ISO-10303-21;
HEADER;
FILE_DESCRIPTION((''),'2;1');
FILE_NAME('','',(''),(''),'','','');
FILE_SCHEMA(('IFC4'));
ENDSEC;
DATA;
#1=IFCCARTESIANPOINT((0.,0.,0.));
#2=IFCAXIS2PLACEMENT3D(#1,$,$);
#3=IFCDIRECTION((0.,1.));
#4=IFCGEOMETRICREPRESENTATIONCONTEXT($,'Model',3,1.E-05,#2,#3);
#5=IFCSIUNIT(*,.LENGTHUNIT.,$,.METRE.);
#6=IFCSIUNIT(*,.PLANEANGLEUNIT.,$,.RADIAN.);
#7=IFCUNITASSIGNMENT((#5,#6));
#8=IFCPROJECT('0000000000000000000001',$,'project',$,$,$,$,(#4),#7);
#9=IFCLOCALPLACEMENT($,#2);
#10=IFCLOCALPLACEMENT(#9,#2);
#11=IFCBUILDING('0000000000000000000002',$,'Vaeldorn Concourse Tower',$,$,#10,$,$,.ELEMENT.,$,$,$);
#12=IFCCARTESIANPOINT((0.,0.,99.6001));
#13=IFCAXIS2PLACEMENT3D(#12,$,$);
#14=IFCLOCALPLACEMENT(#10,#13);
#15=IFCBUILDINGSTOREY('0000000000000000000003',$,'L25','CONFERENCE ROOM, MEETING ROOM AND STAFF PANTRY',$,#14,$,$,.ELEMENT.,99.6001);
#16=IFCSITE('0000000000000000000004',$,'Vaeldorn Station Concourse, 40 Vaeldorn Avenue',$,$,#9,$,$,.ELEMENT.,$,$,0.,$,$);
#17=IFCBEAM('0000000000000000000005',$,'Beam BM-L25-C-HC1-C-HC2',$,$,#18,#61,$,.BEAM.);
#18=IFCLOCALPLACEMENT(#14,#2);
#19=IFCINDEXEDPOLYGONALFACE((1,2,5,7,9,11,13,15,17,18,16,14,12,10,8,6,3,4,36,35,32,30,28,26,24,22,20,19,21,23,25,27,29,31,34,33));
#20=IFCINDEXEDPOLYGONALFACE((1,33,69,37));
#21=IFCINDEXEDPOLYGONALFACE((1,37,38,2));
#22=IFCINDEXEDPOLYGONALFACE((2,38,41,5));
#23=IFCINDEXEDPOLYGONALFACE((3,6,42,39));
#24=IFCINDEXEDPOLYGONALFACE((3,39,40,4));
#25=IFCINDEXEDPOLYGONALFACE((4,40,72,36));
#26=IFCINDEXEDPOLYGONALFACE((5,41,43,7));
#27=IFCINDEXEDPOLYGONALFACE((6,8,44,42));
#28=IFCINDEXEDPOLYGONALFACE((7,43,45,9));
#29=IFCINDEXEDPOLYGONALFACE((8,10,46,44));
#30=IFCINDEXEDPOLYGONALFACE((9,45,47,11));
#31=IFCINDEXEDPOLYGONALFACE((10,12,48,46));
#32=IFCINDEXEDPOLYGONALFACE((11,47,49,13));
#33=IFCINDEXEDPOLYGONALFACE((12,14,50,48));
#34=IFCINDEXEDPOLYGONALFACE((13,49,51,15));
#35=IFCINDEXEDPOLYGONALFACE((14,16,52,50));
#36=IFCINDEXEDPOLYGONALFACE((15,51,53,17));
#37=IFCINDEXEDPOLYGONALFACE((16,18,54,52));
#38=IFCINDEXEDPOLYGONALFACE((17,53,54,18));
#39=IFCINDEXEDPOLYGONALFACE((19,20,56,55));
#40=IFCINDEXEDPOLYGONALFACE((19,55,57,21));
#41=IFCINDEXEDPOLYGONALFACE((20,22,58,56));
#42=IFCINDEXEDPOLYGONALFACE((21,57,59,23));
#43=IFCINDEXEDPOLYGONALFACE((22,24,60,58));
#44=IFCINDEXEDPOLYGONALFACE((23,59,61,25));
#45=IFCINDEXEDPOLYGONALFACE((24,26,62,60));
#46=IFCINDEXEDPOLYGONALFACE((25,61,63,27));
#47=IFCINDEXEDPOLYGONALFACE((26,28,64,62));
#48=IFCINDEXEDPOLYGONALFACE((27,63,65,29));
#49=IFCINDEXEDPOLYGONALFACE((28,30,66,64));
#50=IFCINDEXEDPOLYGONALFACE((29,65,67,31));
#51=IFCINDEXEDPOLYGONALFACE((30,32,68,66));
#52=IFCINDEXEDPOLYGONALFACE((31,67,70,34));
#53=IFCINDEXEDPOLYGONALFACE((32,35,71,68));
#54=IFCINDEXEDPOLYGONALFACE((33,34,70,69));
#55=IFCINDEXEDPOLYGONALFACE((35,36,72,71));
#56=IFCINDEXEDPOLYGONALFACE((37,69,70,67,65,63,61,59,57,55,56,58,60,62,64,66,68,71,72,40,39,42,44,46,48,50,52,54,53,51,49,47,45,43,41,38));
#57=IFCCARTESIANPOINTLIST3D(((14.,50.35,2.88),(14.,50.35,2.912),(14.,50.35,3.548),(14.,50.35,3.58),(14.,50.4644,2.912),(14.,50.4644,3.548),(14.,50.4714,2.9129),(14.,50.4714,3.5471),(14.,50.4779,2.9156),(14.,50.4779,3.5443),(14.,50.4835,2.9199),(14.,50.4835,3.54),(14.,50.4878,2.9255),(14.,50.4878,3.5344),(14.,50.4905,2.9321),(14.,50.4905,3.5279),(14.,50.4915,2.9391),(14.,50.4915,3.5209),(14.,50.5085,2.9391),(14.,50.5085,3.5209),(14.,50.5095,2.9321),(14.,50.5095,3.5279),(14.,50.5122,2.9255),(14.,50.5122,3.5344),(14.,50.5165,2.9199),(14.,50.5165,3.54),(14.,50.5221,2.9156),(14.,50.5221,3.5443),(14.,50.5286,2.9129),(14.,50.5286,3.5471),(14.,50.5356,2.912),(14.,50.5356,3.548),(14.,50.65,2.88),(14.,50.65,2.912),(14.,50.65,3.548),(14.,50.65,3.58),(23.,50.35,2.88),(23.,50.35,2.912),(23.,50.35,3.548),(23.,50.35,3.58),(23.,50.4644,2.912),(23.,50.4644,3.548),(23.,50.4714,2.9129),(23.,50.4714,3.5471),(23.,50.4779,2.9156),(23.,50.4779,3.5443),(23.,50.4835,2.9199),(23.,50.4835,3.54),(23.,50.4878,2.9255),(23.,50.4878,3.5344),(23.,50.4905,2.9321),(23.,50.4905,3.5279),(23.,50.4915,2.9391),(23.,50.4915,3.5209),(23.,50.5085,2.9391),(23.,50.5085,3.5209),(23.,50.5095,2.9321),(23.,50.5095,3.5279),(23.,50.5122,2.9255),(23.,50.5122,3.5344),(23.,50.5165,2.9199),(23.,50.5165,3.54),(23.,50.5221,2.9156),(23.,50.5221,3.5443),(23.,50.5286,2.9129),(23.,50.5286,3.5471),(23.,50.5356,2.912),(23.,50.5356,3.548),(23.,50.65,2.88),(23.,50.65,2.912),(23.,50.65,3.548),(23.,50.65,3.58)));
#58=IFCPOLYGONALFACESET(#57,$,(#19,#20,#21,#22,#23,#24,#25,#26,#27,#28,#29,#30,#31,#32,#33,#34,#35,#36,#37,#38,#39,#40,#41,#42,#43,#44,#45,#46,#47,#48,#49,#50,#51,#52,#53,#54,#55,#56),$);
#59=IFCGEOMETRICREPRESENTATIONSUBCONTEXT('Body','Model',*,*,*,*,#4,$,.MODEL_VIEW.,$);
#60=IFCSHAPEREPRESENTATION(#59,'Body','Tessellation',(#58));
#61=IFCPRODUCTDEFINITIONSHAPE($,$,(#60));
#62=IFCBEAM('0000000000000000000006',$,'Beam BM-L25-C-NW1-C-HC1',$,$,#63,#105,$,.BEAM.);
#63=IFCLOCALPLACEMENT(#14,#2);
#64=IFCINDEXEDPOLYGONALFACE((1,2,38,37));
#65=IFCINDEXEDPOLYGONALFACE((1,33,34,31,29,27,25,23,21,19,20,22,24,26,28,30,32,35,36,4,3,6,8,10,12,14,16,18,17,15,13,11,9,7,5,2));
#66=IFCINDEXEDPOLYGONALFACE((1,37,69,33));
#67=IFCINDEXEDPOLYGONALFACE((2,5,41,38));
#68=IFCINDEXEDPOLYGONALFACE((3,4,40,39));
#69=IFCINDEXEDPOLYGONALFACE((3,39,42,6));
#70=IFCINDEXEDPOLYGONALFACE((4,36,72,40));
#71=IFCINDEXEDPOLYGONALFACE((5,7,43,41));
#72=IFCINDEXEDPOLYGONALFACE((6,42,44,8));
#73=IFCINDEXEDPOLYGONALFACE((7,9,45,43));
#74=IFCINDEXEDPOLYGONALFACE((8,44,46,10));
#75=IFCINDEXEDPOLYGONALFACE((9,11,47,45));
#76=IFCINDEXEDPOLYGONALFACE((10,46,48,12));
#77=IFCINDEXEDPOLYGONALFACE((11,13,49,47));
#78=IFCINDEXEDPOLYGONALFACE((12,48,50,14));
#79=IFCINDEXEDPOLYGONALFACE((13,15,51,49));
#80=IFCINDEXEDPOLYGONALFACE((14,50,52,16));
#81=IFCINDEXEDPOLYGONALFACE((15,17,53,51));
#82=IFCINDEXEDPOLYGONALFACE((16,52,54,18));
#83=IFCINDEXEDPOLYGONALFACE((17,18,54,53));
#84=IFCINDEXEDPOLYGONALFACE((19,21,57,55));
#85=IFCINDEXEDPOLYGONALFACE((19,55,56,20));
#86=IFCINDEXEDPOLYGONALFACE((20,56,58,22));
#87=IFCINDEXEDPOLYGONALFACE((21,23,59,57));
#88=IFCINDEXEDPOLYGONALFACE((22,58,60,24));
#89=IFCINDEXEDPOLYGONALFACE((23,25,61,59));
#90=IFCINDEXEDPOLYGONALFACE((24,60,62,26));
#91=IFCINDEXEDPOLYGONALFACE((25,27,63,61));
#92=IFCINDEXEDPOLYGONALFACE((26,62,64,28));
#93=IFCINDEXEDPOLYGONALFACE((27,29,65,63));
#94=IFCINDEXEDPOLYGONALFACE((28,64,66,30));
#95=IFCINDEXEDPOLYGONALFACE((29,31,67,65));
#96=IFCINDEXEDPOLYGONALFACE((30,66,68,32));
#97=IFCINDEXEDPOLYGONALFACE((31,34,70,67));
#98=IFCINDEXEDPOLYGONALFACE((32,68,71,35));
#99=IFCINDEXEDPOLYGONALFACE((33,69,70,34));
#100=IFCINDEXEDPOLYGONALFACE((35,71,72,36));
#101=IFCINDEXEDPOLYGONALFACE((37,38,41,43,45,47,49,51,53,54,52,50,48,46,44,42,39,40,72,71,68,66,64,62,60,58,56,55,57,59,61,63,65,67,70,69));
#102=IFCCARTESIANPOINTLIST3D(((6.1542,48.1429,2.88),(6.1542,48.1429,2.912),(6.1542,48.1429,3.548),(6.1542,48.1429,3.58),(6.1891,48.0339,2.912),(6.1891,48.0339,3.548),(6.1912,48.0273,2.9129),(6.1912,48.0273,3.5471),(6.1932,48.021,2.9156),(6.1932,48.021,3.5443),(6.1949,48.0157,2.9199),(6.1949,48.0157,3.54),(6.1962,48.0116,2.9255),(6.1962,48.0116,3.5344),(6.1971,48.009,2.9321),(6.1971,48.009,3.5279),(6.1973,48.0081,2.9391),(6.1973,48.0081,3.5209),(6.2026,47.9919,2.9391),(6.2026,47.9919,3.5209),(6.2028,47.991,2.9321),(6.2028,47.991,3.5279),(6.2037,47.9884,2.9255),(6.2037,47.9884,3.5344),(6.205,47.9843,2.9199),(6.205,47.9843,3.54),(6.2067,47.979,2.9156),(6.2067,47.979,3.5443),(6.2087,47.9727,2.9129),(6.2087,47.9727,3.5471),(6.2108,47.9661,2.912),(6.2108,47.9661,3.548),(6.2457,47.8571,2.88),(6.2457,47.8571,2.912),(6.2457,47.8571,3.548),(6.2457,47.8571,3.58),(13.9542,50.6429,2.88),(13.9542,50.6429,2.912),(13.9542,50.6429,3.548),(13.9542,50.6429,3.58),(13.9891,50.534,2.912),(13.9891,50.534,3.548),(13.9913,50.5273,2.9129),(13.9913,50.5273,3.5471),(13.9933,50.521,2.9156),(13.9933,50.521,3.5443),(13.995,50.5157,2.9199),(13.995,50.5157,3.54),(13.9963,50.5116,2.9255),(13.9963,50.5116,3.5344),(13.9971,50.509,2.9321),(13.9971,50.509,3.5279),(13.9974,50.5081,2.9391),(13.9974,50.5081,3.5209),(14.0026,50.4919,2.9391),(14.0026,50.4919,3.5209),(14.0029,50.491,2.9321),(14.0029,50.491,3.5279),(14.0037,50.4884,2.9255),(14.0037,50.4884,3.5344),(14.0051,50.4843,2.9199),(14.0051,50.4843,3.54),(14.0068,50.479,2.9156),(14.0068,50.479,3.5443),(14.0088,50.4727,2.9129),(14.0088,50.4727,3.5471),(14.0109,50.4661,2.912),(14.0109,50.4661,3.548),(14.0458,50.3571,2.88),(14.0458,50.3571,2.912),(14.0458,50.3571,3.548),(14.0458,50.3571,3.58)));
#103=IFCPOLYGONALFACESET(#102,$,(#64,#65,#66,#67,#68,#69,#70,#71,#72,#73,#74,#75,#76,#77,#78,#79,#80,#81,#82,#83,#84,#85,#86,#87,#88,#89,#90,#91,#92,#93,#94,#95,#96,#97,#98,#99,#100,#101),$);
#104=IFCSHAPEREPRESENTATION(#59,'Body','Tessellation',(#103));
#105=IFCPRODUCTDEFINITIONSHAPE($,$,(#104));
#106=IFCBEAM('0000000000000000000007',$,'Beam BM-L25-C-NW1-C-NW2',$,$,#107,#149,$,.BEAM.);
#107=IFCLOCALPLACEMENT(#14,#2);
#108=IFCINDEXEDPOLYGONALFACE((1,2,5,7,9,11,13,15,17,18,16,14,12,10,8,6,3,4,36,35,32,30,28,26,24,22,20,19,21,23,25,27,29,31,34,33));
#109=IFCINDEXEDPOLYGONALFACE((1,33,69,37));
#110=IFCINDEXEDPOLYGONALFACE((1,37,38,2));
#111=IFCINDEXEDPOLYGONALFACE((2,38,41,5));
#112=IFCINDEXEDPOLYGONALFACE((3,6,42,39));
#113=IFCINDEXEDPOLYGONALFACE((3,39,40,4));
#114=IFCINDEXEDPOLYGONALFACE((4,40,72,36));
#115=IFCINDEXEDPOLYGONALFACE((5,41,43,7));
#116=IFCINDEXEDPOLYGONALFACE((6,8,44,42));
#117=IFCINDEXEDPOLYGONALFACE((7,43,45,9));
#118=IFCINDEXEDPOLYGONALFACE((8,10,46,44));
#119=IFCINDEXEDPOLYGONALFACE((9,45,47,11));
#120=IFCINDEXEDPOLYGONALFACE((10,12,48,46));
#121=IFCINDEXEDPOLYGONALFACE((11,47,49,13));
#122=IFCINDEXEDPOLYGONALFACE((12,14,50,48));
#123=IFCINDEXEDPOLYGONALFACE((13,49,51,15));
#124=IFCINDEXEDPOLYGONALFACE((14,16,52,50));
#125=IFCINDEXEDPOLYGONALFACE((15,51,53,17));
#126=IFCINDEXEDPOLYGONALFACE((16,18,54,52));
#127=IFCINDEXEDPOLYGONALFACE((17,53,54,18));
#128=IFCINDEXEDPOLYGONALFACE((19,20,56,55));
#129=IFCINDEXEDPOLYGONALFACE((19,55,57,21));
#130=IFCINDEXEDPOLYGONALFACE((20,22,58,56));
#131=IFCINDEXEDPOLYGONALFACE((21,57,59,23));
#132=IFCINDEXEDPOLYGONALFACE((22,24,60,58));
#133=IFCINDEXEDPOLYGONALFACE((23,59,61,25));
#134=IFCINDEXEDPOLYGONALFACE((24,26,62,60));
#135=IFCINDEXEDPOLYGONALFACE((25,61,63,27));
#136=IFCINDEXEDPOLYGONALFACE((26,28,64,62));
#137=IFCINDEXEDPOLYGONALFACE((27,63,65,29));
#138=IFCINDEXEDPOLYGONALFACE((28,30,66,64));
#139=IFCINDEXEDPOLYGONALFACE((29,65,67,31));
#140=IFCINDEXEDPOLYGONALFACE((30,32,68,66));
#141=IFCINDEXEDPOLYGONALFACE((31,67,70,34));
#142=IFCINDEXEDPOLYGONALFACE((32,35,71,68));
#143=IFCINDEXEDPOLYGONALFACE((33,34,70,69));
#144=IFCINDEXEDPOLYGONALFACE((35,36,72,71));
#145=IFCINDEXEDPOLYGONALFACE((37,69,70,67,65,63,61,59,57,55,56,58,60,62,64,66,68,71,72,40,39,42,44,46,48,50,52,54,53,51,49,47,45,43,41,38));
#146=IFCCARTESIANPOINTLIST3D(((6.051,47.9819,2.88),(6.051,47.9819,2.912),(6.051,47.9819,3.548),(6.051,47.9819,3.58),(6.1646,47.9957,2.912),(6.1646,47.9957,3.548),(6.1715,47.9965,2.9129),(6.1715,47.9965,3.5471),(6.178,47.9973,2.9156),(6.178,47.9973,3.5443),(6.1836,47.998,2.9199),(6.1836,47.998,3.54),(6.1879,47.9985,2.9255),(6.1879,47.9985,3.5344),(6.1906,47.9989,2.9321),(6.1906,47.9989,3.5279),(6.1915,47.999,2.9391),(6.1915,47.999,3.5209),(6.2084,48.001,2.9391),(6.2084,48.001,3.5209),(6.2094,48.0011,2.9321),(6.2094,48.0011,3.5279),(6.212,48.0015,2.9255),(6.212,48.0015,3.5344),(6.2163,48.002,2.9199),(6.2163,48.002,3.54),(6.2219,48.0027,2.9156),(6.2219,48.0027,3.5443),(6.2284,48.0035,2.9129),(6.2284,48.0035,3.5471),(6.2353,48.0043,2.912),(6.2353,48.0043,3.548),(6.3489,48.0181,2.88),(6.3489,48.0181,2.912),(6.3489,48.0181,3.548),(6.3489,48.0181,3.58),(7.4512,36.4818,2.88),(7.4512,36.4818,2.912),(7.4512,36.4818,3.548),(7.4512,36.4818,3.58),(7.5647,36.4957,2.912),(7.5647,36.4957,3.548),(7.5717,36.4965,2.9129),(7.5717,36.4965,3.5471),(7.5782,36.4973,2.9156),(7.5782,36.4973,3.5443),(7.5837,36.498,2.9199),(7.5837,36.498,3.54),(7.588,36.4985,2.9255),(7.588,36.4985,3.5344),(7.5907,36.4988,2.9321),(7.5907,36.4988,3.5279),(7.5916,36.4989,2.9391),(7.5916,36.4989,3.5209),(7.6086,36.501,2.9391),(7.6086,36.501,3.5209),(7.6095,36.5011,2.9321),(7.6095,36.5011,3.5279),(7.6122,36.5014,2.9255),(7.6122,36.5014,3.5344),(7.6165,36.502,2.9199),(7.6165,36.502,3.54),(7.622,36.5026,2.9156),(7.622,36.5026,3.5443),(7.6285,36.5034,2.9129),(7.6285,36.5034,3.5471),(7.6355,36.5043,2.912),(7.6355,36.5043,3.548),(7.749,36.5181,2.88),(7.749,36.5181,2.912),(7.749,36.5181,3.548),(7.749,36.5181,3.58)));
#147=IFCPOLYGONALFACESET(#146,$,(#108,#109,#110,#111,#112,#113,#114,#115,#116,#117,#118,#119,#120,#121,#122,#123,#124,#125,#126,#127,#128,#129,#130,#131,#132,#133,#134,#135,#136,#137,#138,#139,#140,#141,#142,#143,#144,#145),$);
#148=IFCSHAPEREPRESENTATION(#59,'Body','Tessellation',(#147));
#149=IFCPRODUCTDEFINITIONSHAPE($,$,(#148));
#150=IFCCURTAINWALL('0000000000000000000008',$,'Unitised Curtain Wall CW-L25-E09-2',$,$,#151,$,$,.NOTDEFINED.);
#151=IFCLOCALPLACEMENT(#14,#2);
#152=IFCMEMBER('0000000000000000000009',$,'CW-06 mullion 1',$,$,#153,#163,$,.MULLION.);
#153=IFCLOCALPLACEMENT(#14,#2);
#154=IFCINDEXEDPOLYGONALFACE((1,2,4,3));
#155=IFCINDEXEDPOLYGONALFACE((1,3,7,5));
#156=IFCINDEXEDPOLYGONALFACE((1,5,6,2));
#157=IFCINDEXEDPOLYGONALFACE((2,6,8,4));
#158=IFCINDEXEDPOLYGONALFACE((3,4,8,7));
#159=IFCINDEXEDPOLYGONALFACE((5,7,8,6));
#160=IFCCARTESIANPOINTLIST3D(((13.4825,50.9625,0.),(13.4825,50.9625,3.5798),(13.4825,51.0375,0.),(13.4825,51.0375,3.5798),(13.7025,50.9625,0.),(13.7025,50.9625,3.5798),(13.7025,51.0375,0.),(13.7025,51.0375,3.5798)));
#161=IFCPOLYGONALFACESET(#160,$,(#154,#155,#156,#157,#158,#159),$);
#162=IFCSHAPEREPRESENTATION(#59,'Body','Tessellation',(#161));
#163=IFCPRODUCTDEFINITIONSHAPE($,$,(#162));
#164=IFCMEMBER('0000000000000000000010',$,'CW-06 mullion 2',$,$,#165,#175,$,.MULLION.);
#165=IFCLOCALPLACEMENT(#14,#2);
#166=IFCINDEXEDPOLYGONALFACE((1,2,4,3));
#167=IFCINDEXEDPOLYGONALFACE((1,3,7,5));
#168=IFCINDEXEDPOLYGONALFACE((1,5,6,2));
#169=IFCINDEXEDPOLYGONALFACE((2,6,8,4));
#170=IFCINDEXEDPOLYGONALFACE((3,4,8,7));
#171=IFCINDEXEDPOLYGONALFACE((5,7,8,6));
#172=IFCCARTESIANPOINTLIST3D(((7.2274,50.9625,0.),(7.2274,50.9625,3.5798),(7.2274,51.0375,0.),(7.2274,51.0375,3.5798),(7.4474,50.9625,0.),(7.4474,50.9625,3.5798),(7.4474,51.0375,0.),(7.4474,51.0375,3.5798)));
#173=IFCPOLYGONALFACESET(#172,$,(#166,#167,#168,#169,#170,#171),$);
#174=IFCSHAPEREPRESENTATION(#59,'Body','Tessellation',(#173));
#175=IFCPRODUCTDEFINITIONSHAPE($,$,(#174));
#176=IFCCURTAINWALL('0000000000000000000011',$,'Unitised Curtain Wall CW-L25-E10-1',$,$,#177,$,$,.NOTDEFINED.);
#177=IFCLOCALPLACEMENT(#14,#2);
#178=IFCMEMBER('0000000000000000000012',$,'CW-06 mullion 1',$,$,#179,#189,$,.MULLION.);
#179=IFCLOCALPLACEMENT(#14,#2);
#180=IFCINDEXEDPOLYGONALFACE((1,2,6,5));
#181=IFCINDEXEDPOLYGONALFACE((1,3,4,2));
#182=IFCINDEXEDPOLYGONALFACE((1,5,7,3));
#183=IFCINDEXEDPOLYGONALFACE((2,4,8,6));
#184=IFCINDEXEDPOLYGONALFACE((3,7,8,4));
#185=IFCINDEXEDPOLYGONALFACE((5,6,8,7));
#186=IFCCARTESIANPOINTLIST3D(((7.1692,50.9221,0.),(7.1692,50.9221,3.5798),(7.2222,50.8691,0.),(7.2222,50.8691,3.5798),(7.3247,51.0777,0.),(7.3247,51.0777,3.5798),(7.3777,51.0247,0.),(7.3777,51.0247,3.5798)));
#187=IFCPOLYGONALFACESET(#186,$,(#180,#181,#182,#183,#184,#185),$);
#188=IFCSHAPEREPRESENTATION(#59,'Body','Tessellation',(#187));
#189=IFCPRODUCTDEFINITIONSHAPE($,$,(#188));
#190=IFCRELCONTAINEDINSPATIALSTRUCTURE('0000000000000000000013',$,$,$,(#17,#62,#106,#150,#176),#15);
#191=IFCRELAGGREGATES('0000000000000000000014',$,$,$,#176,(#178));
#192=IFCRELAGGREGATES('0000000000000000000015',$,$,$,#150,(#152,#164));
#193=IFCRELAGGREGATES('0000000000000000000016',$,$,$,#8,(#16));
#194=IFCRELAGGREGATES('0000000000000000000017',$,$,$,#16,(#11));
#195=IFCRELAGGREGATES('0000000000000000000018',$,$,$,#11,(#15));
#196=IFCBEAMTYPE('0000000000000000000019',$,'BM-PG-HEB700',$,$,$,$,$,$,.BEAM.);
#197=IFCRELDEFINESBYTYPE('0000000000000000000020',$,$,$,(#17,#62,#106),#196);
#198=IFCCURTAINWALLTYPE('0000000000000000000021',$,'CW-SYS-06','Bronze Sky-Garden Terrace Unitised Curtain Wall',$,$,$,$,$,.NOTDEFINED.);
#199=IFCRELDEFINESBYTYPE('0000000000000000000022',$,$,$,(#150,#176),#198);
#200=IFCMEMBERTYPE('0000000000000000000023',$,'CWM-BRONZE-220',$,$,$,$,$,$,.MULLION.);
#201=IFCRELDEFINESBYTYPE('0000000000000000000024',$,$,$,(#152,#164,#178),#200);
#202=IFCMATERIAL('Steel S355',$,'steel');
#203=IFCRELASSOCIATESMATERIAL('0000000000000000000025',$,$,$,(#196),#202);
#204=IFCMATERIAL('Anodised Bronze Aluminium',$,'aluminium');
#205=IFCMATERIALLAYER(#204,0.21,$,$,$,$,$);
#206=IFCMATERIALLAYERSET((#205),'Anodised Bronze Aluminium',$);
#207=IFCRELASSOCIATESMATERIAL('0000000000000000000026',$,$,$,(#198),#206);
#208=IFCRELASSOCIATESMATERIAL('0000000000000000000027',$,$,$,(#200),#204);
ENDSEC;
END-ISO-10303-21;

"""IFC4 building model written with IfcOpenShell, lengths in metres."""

from ifc_helpers import new_model, si_unit, direction, frame, origin, origin_2d, place, context, subcontext, project, spatial, rectangle, i_section, extrude, source, transform, mapped, material, layer, layer_set, material_profile, profile_set, type_object, element, aggregate, save


model = new_model("IFC4")

# Units and contexts
model_context = context("Model", 3, precision=1e-05, world=origin(), true_north=direction((0.0, 1.0)))
body_context = subcontext(model_context, "Body", "Model", "MODEL_VIEW")
ifc_project = project(units=[si_unit("LENGTHUNIT", "METRE"), si_unit("PLANEANGLEUNIT", "RADIAN")], contexts=[model_context])

# Site, building, storey
site_placement = place(None, origin())
site = spatial("IfcSite", under=ifc_project, at=site_placement, Name="Vaeldorn Station Concourse, 40 Vaeldorn Avenue", CompositionType="ELEMENT", RefElevation=0.0)
building_placement = place(site_placement, origin())
building = spatial("IfcBuilding", under=site, at=building_placement, Name="Vaeldorn Concourse Tower", CompositionType="ELEMENT")
storey_placement = place(building_placement, frame((0.0, 0.0, 99.6001)))
storey = spatial("IfcBuildingStorey", under=building, at=storey_placement, Name="L25", Description="CONFERENCE ROOM, MEETING ROOM AND STAFF PANTRY", CompositionType="ELEMENT", Elevation=99.6001)

# Beams
ifc_material_1 = material(Name="Steel S355", Category="steel")
ifc_material_profile_1 = material_profile(ifc_material_1, i_section(OverallWidth=0.3, OverallDepth=0.7, WebThickness=0.0171, FlangeThickness=0.032, FilletRadius=0.0271, at=origin_2d()), Name="HEB 700")
ifc_profile_set_1 = profile_set([ifc_material_profile_1], Name="Steel S355")
beam_type_1 = type_object("IfcBeamType", Name="BM-PG-HEB700", PredefinedType="BEAM", material=ifc_profile_set_1)
shared_shape_1 = source(origin(), body_context, "Body", "SweptSolid", [
    extrude(i_section(OverallWidth=0.3, OverallDepth=0.7, WebThickness=0.0171, FlangeThickness=0.032, FilletRadius=0.0271, at=origin_2d()), origin(), (0.0, 0.0, 1.0), 9.0),
])
beam_1_placement = place(storey_placement, frame((14.0, 50.5, 3.23), z_axis=(1.0, 0.0, 0.0), x_axis=(0.0, 1.0, 0.0)))
element("IfcBeam", 1, at=beam_1_placement, inside=storey, type_object=beam_type_1, Name="Beam BM-L25-C-HC1-C-HC2", PredefinedType="BEAM", context=body_context, shape_type="MappedRepresentation", body=[
    mapped(shared_shape_1, transform((0.0, 0.0, 0.0), scale=1.0)),
])
shared_shape_2 = source(origin(), body_context, "Body", "SweptSolid", [
    extrude(i_section(OverallWidth=0.3, OverallDepth=0.7, WebThickness=0.0171, FlangeThickness=0.032, FilletRadius=0.0271, at=origin_2d()), origin(), (0.0, 0.0, 1.0), 8.1909),
])
beam_2_placement = place(storey_placement, frame((6.2, 48.0, 3.23), z_axis=(0.952283, 0.305217, 0.0), x_axis=(-0.305217, 0.952283, 0.0)))
element("IfcBeam", 2, at=beam_2_placement, inside=storey, type_object=beam_type_1, Name="Beam BM-L25-C-NW1-C-HC1", PredefinedType="BEAM", context=body_context, shape_type="MappedRepresentation", body=[
    mapped(shared_shape_2, transform((0.0, 0.0, 0.0), scale=1.0)),
])
shared_shape_3 = source(origin(), body_context, "Body", "SweptSolid", [
    extrude(i_section(OverallWidth=0.3, OverallDepth=0.7, WebThickness=0.0171, FlangeThickness=0.032, FilletRadius=0.0271, at=origin_2d()), origin(), (0.0, 0.0, 1.0), 11.585),
])
beam_3_placement = place(storey_placement, frame((6.2, 48.0, 3.23), z_axis=(0.120859, -0.99267, 0.0), x_axis=(0.99267, 0.120859, 0.0)))
element("IfcBeam", 3, at=beam_3_placement, inside=storey, type_object=beam_type_1, Name="Beam BM-L25-C-NW1-C-NW2", PredefinedType="BEAM", context=body_context, shape_type="MappedRepresentation", body=[
    mapped(shared_shape_3, transform((0.0, 0.0, 0.0), scale=1.0)),
])

# Curtain walls, members
ifc_material_2 = material(Name="Anodised Bronze Aluminium", Category="aluminium")
ifc_layer_1 = layer(ifc_material_2, 0.21)
ifc_layer_set_1 = layer_set([ifc_layer_1], Name="Anodised Bronze Aluminium")
curtain_wall_type = type_object("IfcCurtainWallType", Name="CW-SYS-06", Description="Bronze Sky-Garden Terrace Unitised Curtain Wall", PredefinedType="NOTDEFINED", material=ifc_layer_set_1)
curtain_wall_1_placement = place(storey_placement, origin())
curtain_wall_1 = element("IfcCurtainWall", 4, at=curtain_wall_1_placement, inside=storey, type_object=curtain_wall_type, Name="Unitised Curtain Wall CW-L25-E09-2", PredefinedType="NOTDEFINED")
ifc_material_profile_2 = material_profile(ifc_material_2, rectangle(XDim=0.075, YDim=0.22, at=origin_2d()), Name="CWM 75x220")
ifc_profile_set_2 = profile_set([ifc_material_profile_2], Name="Anodised Bronze Aluminium")
member_type_1 = type_object("IfcMemberType", Name="CWM-BRONZE-220", PredefinedType="MULLION", material=ifc_profile_set_2)
shared_shape_4 = source(origin(), body_context, "Body", "SweptSolid", [
    extrude(rectangle(XDim=0.075, YDim=0.22, at=origin_2d()), origin(), (0.0, 0.0, 1.0), 3.5798),
])
member_1_placement = place(storey_placement, frame((13.5925, 51.0, 0.0), z_axis=(0.0, 0.0, 1.0), x_axis=(0.0, -1.0, 0.0)))
member_1 = element("IfcMember", 5, at=member_1_placement, type_object=member_type_1, Name="CW-06 mullion 1", PredefinedType="MULLION", context=body_context, shape_type="MappedRepresentation", body=[
    mapped(shared_shape_4, transform((0.0, 0.0, 0.0), scale=1.0)),
])
member_2_placement = place(storey_placement, frame((7.3374, 51.0, 0.0), z_axis=(0.0, 0.0, 1.0), x_axis=(0.0, -1.0, 0.0)))
member_2 = element("IfcMember", 6, at=member_2_placement, type_object=member_type_1, Name="CW-06 mullion 2", PredefinedType="MULLION", context=body_context, shape_type="MappedRepresentation", body=[
    mapped(shared_shape_4, transform((0.0, 0.0, 0.0), scale=1.0)),
])
curtain_wall_2_placement = place(storey_placement, origin())
curtain_wall_2 = element("IfcCurtainWall", 7, at=curtain_wall_2_placement, inside=storey, type_object=curtain_wall_type, Name="Unitised Curtain Wall CW-L25-E10-1", PredefinedType="NOTDEFINED")
member_3_placement = place(storey_placement, frame((7.2734, 50.9734, 0.0), z_axis=(0.0, 0.0, 1.0), x_axis=(0.707107, -0.707107, 0.0)))
member_3 = element("IfcMember", 8, at=member_3_placement, type_object=member_type_1, Name="CW-06 mullion 1", PredefinedType="MULLION", context=body_context, shape_type="MappedRepresentation", body=[
    mapped(shared_shape_4, transform((0.0, 0.0, 0.0), scale=1.0)),
])

aggregate(curtain_wall_2, [member_3])
aggregate(curtain_wall_1, [member_1, member_2])

save(model, "model.ifc")
